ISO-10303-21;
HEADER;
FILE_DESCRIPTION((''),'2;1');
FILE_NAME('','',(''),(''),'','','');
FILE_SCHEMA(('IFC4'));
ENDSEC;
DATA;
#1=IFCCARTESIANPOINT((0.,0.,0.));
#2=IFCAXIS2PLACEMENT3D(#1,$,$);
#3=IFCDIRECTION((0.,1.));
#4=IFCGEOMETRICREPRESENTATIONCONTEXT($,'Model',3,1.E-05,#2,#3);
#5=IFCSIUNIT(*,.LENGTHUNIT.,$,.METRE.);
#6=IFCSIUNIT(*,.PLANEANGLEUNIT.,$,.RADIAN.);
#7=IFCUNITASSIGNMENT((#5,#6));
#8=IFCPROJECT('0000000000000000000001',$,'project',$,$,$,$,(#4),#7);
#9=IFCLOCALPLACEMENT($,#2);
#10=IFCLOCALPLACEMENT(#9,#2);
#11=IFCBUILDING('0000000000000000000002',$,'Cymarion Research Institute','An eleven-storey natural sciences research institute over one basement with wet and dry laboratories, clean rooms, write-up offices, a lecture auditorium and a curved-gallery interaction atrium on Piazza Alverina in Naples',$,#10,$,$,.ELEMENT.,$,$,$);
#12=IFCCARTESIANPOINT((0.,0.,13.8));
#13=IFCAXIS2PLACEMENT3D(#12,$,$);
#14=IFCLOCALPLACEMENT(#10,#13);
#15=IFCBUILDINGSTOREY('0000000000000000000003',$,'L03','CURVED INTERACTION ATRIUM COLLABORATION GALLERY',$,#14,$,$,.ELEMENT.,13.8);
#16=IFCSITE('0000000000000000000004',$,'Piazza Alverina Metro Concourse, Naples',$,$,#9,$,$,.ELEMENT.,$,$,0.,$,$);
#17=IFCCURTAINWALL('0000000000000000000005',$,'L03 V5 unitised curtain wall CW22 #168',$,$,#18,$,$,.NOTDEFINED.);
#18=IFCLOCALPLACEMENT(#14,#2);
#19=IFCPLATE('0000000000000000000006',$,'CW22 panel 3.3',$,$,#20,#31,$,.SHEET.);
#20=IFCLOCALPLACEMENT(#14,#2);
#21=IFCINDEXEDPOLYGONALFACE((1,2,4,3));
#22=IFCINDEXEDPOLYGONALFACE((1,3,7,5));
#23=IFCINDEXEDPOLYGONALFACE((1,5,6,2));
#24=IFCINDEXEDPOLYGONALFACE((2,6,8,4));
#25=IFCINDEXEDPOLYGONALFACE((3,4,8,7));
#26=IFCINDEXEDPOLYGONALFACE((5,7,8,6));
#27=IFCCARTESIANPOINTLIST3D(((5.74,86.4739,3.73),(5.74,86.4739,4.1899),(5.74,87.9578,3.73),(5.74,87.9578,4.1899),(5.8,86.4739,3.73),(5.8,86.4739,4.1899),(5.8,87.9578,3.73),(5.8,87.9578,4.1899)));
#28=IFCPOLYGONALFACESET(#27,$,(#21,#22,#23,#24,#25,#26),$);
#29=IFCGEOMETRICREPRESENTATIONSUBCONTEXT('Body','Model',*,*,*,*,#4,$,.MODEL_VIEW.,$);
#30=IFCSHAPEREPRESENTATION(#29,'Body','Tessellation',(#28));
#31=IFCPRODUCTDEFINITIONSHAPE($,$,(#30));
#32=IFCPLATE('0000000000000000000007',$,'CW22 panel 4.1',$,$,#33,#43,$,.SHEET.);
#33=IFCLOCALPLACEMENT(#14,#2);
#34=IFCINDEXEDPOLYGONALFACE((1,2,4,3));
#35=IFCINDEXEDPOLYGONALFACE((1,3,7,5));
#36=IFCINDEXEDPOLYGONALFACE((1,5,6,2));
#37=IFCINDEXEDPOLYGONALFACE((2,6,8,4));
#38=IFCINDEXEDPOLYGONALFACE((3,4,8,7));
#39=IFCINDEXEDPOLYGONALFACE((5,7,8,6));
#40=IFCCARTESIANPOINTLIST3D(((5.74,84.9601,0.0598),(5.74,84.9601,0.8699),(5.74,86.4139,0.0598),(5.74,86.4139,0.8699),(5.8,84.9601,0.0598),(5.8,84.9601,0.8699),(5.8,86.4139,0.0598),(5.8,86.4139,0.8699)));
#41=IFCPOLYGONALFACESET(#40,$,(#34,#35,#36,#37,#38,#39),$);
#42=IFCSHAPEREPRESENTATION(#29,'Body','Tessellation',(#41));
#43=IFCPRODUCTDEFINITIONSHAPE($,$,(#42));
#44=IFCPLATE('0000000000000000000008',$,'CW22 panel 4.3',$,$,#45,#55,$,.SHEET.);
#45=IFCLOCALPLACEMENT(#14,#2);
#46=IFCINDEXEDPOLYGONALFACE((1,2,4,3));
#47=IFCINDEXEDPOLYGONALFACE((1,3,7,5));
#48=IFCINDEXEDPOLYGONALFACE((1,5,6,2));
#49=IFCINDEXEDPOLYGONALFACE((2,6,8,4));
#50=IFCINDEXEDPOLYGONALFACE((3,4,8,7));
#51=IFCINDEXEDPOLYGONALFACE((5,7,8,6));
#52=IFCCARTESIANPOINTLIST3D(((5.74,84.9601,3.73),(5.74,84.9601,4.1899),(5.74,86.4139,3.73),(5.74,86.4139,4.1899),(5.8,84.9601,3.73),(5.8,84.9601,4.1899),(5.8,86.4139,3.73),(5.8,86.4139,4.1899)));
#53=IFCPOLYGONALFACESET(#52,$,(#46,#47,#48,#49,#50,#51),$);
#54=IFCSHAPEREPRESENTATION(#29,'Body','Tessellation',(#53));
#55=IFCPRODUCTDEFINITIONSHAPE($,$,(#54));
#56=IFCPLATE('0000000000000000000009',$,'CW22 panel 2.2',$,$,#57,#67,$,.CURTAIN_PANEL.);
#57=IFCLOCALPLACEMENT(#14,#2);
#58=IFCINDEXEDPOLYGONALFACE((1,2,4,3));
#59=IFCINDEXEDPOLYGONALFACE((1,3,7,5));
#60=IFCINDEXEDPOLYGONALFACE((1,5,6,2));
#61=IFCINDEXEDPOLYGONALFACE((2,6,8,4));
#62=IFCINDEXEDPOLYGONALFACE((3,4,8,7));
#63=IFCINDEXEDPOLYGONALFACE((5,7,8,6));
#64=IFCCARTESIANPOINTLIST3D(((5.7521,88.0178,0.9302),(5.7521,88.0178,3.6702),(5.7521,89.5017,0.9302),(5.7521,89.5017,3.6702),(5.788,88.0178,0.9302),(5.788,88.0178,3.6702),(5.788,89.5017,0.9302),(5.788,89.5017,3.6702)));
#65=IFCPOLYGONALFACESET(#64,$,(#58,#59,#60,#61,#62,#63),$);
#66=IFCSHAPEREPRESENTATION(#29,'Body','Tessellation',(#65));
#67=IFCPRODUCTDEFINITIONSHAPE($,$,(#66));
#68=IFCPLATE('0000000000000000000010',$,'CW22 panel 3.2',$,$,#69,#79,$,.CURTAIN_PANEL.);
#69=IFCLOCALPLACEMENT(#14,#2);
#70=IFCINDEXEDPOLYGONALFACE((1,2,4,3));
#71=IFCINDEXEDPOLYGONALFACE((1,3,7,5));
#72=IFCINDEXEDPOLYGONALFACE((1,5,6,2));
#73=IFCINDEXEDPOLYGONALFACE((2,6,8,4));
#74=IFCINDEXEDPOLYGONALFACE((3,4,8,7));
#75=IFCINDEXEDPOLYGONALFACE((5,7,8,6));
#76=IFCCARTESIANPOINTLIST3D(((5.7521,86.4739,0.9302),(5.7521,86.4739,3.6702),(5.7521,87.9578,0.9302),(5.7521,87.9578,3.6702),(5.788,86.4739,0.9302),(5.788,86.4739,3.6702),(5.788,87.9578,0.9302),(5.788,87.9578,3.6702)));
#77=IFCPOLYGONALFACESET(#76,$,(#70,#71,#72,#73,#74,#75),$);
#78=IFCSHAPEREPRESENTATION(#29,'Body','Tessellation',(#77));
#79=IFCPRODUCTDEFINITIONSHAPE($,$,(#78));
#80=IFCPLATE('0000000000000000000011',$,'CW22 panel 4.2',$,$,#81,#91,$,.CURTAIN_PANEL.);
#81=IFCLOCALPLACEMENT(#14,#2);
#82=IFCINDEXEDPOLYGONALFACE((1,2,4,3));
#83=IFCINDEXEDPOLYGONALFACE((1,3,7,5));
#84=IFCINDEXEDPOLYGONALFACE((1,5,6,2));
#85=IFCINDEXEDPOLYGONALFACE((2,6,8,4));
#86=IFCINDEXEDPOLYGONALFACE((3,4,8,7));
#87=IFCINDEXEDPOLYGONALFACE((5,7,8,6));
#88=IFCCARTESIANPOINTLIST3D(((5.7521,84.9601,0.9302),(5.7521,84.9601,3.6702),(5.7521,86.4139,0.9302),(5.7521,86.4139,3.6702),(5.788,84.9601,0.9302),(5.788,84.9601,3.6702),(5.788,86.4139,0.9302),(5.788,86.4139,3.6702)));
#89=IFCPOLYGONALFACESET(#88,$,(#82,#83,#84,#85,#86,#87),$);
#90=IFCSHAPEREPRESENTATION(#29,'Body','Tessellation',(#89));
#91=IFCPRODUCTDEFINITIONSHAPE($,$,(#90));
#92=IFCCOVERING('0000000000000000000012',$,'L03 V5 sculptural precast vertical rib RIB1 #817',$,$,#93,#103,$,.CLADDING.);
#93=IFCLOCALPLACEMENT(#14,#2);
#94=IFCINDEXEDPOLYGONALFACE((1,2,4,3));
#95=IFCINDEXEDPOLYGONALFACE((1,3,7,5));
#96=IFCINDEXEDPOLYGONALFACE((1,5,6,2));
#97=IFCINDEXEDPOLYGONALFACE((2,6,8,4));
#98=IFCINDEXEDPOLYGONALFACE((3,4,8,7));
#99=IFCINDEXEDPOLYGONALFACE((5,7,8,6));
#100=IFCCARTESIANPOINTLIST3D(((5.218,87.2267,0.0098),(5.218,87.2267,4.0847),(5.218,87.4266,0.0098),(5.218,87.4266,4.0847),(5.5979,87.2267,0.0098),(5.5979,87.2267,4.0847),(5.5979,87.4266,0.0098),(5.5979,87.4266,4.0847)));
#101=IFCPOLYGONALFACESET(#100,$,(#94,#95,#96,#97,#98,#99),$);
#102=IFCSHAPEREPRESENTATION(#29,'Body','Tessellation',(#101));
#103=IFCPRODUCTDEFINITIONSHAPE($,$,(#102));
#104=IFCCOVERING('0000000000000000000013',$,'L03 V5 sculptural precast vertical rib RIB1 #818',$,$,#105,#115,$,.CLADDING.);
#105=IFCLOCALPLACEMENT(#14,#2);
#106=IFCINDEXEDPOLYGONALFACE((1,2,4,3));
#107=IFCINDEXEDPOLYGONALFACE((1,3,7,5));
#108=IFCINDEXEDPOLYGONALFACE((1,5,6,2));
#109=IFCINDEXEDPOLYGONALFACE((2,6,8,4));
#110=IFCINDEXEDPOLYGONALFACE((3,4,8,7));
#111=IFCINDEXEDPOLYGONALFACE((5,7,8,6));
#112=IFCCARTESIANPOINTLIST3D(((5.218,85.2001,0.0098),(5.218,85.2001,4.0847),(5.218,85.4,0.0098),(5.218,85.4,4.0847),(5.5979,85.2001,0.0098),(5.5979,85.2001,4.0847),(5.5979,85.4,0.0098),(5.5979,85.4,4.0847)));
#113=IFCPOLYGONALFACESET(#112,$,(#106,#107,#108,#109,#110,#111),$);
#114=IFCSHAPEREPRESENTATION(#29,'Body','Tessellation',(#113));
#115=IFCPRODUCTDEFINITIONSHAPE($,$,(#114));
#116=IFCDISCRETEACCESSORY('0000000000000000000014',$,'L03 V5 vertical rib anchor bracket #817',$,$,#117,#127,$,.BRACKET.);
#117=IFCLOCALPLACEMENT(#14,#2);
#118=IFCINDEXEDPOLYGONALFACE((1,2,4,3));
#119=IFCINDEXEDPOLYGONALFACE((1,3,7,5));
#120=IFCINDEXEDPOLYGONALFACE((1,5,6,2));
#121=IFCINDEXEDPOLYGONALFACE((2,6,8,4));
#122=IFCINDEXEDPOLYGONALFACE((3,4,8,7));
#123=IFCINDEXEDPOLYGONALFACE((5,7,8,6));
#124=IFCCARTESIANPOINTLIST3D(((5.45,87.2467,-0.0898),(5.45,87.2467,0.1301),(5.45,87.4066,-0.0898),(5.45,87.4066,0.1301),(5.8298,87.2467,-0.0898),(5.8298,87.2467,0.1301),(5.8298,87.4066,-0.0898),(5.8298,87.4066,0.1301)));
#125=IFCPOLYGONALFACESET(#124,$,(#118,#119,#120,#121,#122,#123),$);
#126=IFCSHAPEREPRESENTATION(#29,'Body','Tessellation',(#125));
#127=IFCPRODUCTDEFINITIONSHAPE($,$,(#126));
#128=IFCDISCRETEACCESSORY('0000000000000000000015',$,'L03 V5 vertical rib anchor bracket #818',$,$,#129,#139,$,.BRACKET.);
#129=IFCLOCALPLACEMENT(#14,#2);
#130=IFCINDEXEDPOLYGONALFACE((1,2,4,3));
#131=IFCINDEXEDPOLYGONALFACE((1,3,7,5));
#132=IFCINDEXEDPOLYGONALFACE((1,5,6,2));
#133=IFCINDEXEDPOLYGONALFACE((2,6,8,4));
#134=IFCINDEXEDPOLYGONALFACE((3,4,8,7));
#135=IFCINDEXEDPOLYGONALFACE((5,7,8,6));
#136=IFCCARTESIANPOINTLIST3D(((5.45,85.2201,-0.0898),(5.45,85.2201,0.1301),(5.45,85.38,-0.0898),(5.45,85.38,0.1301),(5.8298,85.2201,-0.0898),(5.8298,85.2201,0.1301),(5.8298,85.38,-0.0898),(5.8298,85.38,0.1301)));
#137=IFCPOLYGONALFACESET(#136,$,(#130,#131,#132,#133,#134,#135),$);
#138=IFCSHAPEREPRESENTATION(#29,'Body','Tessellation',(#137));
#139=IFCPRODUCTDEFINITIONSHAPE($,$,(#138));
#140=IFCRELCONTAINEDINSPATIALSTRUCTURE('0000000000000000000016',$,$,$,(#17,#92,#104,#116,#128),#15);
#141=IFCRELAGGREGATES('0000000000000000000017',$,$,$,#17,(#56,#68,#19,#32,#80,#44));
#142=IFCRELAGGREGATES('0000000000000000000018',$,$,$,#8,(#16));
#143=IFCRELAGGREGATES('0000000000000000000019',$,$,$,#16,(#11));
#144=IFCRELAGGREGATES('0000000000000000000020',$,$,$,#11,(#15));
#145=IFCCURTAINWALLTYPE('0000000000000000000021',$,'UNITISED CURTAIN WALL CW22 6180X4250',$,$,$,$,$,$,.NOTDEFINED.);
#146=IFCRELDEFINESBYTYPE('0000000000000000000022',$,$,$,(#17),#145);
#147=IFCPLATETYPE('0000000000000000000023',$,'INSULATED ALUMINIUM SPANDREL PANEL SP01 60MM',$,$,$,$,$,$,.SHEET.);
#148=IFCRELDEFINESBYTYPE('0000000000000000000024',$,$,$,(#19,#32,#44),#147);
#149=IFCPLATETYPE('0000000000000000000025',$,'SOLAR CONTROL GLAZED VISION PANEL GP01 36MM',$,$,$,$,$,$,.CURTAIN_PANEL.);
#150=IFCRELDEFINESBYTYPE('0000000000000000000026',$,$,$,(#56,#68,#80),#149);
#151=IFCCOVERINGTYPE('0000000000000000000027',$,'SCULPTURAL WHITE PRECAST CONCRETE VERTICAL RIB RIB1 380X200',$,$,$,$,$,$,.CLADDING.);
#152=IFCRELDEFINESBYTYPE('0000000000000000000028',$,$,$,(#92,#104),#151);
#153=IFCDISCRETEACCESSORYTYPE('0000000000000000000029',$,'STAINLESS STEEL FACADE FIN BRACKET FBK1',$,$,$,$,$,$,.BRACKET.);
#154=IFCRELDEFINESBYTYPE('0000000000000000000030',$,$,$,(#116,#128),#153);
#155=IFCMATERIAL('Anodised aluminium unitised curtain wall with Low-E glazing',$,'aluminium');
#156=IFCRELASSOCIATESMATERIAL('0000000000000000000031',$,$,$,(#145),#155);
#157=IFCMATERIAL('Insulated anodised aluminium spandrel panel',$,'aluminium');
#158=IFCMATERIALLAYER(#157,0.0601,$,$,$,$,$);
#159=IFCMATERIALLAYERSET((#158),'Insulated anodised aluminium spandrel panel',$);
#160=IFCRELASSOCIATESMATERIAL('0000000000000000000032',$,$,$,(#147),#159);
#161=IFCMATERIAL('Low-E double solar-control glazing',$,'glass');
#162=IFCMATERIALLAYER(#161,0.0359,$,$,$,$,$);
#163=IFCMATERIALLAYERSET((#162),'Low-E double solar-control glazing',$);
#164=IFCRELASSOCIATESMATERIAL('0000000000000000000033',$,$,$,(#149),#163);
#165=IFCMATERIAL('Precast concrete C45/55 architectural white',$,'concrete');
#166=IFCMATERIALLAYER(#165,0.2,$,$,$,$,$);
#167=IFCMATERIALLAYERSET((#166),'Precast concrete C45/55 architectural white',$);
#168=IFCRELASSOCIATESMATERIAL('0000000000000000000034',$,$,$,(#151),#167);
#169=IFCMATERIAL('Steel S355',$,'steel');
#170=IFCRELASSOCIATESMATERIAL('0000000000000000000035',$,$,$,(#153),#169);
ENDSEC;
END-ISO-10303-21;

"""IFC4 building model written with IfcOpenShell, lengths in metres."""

from ifc_helpers import new_model, si_unit, direction, frame, origin, origin_2d, place, context, subcontext, project, spatial, rectangle, extrude, material, layer, layer_set, type_object, element, aggregate, save


model = new_model("IFC4")

# Units and contexts
model_context = context("Model", 3, precision=1e-05, world=origin(), true_north=direction((0.0, 1.0)))
body_context = subcontext(model_context, "Body", "Model", "MODEL_VIEW")
ifc_project = project(units=[si_unit("LENGTHUNIT", "METRE"), si_unit("PLANEANGLEUNIT", "RADIAN")], contexts=[model_context])

# Site, building, storey
site_placement = place(None, origin())
site = spatial("IfcSite", under=ifc_project, at=site_placement, Name="Piazza Alverina Metro Concourse, Naples", CompositionType="ELEMENT", RefElevation=0.0)
building_placement = place(site_placement, origin())
building = spatial("IfcBuilding", under=site, at=building_placement, Name="Cymarion Research Institute", Description="An eleven-storey natural sciences research institute over one basement with wet and dry laboratories, clean rooms, write-up offices, a lecture auditorium and a curved-gallery interaction atrium on Piazza Alverina in Naples", CompositionType="ELEMENT")
storey_placement = place(building_placement, frame((0.0, 0.0, 13.8)))
storey = spatial("IfcBuildingStorey", under=building, at=storey_placement, Name="L03", Description="CURVED INTERACTION ATRIUM COLLABORATION GALLERY", CompositionType="ELEMENT", Elevation=13.8)

# Curtain wall, plates
ifc_material_1 = material(Name="Anodised aluminium unitised curtain wall with Low-E glazing", Category="aluminium")
curtain_wall_type = type_object("IfcCurtainWallType", Name="UNITISED CURTAIN WALL CW22 6180X4250", PredefinedType="NOTDEFINED", material=ifc_material_1)
curtain_wall_placement = place(storey_placement, origin())
curtain_wall = element("IfcCurtainWall", 1, at=curtain_wall_placement, inside=storey, type_object=curtain_wall_type, Name="L03 V5 unitised curtain wall CW22 #168", PredefinedType="NOTDEFINED")
ifc_material_2 = material(Name="Insulated anodised aluminium spandrel panel", Category="aluminium")
ifc_layer_1 = layer(ifc_material_2, 0.0601)
ifc_layer_set_1 = layer_set([ifc_layer_1], Name="Insulated anodised aluminium spandrel panel")
plate_type_1 = type_object("IfcPlateType", Name="INSULATED ALUMINIUM SPANDREL PANEL SP01 60MM", PredefinedType="SHEET", material=ifc_layer_set_1)
plate_1_placement = place(storey_placement, frame((5.77, 87.2158, 3.73), z_axis=(0.0, 0.0, 1.0), x_axis=(0.0, -1.0, 0.0)))
plate_1 = element("IfcPlate", 2, at=plate_1_placement, type_object=plate_type_1, Name="CW22 panel 3.3", PredefinedType="SHEET", context=body_context, shape_type="SweptSolid", body=[
    extrude(rectangle(XDim=1.4839, YDim=0.0601, at=origin_2d()), origin(), (0.0, 0.0, 1.0), 0.46),
])
plate_2_placement = place(storey_placement, frame((5.77, 85.687, 0.0598), z_axis=(0.0, 0.0, 1.0), x_axis=(0.0, -1.0, 0.0)))
plate_2 = element("IfcPlate", 3, at=plate_2_placement, type_object=plate_type_1, Name="CW22 panel 4.1", PredefinedType="SHEET", context=body_context, shape_type="SweptSolid", body=[
    extrude(rectangle(XDim=1.4539, YDim=0.0601, at=origin_2d()), origin(), (0.0, 0.0, 1.0), 0.8101),
])
plate_3_placement = place(storey_placement, frame((5.77, 85.687, 3.73), z_axis=(0.0, 0.0, 1.0), x_axis=(0.0, -1.0, 0.0)))
plate_3 = element("IfcPlate", 4, at=plate_3_placement, type_object=plate_type_1, Name="CW22 panel 4.3", PredefinedType="SHEET", context=body_context, shape_type="SweptSolid", body=[
    extrude(rectangle(XDim=1.4539, YDim=0.0601, at=origin_2d()), origin(), (0.0, 0.0, 1.0), 0.46),
])
ifc_material_3 = material(Name="Low-E double solar-control glazing", Category="glass")
ifc_layer_2 = layer(ifc_material_3, 0.0359)
ifc_layer_set_2 = layer_set([ifc_layer_2], Name="Low-E double solar-control glazing")
plate_type_2 = type_object("IfcPlateType", Name="SOLAR CONTROL GLAZED VISION PANEL GP01 36MM", PredefinedType="CURTAIN_PANEL", material=ifc_layer_set_2)
plate_4_placement = place(storey_placement, frame((5.77, 88.7598, 0.9302), z_axis=(0.0, 0.0, 1.0), x_axis=(0.0, -1.0, 0.0)))
plate_4 = element("IfcPlate", 5, at=plate_4_placement, type_object=plate_type_2, Name="CW22 panel 2.2", PredefinedType="CURTAIN_PANEL", context=body_context, shape_type="SweptSolid", body=[
    extrude(rectangle(XDim=1.4839, YDim=0.0359, at=origin_2d()), origin(), (0.0, 0.0, 1.0), 2.74),
])
plate_5_placement = place(storey_placement, frame((5.77, 87.2158, 0.9302), z_axis=(0.0, 0.0, 1.0), x_axis=(0.0, -1.0, 0.0)))
plate_5 = element("IfcPlate", 6, at=plate_5_placement, type_object=plate_type_2, Name="CW22 panel 3.2", PredefinedType="CURTAIN_PANEL", context=body_context, shape_type="SweptSolid", body=[
    extrude(rectangle(XDim=1.4839, YDim=0.0359, at=origin_2d()), origin(), (0.0, 0.0, 1.0), 2.74),
])
plate_6_placement = place(storey_placement, frame((5.77, 85.687, 0.9302), z_axis=(0.0, 0.0, 1.0), x_axis=(0.0, -1.0, 0.0)))
plate_6 = element("IfcPlate", 7, at=plate_6_placement, type_object=plate_type_2, Name="CW22 panel 4.2", PredefinedType="CURTAIN_PANEL", context=body_context, shape_type="SweptSolid", body=[
    extrude(rectangle(XDim=1.4539, YDim=0.0359, at=origin_2d()), origin(), (0.0, 0.0, 1.0), 2.74),
])
aggregate(curtain_wall, [plate_4, plate_5, plate_1, plate_2, plate_6, plate_3])

# Coverings
ifc_material_4 = material(Name="Precast concrete C45/55 architectural white", Category="concrete")
ifc_layer_3 = layer(ifc_material_4, 0.2)
ifc_layer_set_3 = layer_set([ifc_layer_3], Name="Precast concrete C45/55 architectural white")
covering_type = type_object("IfcCoveringType", Name="SCULPTURAL WHITE PRECAST CONCRETE VERTICAL RIB RIB1 380X200", PredefinedType="CLADDING", material=ifc_layer_set_3)
for number, where, z_axis, x_axis, name in (
    (8, (5.408, 87.3267, 0.0098), (0.0, 0.0, 1.0), (-1.0, 0.0, 0.0), "L03 V5 sculptural precast vertical rib RIB1 #817"),
    (9, (5.408, 85.3, 0.0098), (0.0, 0.0, 1.0), (-1.0, 0.0, 0.0), "L03 V5 sculptural precast vertical rib RIB1 #818"),
):
    element("IfcCovering", number, at=place(storey_placement, frame(where, z_axis=z_axis, x_axis=x_axis)), inside=storey, type_object=covering_type, Name=name, PredefinedType="CLADDING", context=body_context, shape_type="SweptSolid", body=[
        extrude(rectangle(XDim=0.3799, YDim=0.2, at=origin_2d()), origin(), (0.0, 0.0, 1.0), 4.075),
    ])

# Discrete accessories
ifc_material_5 = material(Name="Steel S355", Category="steel")
discrete_accessory_type = type_object("IfcDiscreteAccessoryType", Name="STAINLESS STEEL FACADE FIN BRACKET FBK1", PredefinedType="BRACKET", material=ifc_material_5)
for number, where, z_axis, x_axis, name in (
    (10, (5.6399, 87.3267, -0.0898), (0.0, 0.0, 1.0), (-1.0, 0.0, 0.0), "L03 V5 vertical rib anchor bracket #817"),
    (11, (5.6399, 85.3, -0.0898), (0.0, 0.0, 1.0), (-1.0, 0.0, 0.0), "L03 V5 vertical rib anchor bracket #818"),
):
    element("IfcDiscreteAccessory", number, at=place(storey_placement, frame(where, z_axis=z_axis, x_axis=x_axis)), inside=storey, type_object=discrete_accessory_type, Name=name, PredefinedType="BRACKET", context=body_context, shape_type="SweptSolid", body=[
        extrude(rectangle(XDim=0.3799, YDim=0.1599, at=origin_2d()), origin(), (0.0, 0.0, 1.0), 0.22),
    ])

save(model, "model.ifc")
